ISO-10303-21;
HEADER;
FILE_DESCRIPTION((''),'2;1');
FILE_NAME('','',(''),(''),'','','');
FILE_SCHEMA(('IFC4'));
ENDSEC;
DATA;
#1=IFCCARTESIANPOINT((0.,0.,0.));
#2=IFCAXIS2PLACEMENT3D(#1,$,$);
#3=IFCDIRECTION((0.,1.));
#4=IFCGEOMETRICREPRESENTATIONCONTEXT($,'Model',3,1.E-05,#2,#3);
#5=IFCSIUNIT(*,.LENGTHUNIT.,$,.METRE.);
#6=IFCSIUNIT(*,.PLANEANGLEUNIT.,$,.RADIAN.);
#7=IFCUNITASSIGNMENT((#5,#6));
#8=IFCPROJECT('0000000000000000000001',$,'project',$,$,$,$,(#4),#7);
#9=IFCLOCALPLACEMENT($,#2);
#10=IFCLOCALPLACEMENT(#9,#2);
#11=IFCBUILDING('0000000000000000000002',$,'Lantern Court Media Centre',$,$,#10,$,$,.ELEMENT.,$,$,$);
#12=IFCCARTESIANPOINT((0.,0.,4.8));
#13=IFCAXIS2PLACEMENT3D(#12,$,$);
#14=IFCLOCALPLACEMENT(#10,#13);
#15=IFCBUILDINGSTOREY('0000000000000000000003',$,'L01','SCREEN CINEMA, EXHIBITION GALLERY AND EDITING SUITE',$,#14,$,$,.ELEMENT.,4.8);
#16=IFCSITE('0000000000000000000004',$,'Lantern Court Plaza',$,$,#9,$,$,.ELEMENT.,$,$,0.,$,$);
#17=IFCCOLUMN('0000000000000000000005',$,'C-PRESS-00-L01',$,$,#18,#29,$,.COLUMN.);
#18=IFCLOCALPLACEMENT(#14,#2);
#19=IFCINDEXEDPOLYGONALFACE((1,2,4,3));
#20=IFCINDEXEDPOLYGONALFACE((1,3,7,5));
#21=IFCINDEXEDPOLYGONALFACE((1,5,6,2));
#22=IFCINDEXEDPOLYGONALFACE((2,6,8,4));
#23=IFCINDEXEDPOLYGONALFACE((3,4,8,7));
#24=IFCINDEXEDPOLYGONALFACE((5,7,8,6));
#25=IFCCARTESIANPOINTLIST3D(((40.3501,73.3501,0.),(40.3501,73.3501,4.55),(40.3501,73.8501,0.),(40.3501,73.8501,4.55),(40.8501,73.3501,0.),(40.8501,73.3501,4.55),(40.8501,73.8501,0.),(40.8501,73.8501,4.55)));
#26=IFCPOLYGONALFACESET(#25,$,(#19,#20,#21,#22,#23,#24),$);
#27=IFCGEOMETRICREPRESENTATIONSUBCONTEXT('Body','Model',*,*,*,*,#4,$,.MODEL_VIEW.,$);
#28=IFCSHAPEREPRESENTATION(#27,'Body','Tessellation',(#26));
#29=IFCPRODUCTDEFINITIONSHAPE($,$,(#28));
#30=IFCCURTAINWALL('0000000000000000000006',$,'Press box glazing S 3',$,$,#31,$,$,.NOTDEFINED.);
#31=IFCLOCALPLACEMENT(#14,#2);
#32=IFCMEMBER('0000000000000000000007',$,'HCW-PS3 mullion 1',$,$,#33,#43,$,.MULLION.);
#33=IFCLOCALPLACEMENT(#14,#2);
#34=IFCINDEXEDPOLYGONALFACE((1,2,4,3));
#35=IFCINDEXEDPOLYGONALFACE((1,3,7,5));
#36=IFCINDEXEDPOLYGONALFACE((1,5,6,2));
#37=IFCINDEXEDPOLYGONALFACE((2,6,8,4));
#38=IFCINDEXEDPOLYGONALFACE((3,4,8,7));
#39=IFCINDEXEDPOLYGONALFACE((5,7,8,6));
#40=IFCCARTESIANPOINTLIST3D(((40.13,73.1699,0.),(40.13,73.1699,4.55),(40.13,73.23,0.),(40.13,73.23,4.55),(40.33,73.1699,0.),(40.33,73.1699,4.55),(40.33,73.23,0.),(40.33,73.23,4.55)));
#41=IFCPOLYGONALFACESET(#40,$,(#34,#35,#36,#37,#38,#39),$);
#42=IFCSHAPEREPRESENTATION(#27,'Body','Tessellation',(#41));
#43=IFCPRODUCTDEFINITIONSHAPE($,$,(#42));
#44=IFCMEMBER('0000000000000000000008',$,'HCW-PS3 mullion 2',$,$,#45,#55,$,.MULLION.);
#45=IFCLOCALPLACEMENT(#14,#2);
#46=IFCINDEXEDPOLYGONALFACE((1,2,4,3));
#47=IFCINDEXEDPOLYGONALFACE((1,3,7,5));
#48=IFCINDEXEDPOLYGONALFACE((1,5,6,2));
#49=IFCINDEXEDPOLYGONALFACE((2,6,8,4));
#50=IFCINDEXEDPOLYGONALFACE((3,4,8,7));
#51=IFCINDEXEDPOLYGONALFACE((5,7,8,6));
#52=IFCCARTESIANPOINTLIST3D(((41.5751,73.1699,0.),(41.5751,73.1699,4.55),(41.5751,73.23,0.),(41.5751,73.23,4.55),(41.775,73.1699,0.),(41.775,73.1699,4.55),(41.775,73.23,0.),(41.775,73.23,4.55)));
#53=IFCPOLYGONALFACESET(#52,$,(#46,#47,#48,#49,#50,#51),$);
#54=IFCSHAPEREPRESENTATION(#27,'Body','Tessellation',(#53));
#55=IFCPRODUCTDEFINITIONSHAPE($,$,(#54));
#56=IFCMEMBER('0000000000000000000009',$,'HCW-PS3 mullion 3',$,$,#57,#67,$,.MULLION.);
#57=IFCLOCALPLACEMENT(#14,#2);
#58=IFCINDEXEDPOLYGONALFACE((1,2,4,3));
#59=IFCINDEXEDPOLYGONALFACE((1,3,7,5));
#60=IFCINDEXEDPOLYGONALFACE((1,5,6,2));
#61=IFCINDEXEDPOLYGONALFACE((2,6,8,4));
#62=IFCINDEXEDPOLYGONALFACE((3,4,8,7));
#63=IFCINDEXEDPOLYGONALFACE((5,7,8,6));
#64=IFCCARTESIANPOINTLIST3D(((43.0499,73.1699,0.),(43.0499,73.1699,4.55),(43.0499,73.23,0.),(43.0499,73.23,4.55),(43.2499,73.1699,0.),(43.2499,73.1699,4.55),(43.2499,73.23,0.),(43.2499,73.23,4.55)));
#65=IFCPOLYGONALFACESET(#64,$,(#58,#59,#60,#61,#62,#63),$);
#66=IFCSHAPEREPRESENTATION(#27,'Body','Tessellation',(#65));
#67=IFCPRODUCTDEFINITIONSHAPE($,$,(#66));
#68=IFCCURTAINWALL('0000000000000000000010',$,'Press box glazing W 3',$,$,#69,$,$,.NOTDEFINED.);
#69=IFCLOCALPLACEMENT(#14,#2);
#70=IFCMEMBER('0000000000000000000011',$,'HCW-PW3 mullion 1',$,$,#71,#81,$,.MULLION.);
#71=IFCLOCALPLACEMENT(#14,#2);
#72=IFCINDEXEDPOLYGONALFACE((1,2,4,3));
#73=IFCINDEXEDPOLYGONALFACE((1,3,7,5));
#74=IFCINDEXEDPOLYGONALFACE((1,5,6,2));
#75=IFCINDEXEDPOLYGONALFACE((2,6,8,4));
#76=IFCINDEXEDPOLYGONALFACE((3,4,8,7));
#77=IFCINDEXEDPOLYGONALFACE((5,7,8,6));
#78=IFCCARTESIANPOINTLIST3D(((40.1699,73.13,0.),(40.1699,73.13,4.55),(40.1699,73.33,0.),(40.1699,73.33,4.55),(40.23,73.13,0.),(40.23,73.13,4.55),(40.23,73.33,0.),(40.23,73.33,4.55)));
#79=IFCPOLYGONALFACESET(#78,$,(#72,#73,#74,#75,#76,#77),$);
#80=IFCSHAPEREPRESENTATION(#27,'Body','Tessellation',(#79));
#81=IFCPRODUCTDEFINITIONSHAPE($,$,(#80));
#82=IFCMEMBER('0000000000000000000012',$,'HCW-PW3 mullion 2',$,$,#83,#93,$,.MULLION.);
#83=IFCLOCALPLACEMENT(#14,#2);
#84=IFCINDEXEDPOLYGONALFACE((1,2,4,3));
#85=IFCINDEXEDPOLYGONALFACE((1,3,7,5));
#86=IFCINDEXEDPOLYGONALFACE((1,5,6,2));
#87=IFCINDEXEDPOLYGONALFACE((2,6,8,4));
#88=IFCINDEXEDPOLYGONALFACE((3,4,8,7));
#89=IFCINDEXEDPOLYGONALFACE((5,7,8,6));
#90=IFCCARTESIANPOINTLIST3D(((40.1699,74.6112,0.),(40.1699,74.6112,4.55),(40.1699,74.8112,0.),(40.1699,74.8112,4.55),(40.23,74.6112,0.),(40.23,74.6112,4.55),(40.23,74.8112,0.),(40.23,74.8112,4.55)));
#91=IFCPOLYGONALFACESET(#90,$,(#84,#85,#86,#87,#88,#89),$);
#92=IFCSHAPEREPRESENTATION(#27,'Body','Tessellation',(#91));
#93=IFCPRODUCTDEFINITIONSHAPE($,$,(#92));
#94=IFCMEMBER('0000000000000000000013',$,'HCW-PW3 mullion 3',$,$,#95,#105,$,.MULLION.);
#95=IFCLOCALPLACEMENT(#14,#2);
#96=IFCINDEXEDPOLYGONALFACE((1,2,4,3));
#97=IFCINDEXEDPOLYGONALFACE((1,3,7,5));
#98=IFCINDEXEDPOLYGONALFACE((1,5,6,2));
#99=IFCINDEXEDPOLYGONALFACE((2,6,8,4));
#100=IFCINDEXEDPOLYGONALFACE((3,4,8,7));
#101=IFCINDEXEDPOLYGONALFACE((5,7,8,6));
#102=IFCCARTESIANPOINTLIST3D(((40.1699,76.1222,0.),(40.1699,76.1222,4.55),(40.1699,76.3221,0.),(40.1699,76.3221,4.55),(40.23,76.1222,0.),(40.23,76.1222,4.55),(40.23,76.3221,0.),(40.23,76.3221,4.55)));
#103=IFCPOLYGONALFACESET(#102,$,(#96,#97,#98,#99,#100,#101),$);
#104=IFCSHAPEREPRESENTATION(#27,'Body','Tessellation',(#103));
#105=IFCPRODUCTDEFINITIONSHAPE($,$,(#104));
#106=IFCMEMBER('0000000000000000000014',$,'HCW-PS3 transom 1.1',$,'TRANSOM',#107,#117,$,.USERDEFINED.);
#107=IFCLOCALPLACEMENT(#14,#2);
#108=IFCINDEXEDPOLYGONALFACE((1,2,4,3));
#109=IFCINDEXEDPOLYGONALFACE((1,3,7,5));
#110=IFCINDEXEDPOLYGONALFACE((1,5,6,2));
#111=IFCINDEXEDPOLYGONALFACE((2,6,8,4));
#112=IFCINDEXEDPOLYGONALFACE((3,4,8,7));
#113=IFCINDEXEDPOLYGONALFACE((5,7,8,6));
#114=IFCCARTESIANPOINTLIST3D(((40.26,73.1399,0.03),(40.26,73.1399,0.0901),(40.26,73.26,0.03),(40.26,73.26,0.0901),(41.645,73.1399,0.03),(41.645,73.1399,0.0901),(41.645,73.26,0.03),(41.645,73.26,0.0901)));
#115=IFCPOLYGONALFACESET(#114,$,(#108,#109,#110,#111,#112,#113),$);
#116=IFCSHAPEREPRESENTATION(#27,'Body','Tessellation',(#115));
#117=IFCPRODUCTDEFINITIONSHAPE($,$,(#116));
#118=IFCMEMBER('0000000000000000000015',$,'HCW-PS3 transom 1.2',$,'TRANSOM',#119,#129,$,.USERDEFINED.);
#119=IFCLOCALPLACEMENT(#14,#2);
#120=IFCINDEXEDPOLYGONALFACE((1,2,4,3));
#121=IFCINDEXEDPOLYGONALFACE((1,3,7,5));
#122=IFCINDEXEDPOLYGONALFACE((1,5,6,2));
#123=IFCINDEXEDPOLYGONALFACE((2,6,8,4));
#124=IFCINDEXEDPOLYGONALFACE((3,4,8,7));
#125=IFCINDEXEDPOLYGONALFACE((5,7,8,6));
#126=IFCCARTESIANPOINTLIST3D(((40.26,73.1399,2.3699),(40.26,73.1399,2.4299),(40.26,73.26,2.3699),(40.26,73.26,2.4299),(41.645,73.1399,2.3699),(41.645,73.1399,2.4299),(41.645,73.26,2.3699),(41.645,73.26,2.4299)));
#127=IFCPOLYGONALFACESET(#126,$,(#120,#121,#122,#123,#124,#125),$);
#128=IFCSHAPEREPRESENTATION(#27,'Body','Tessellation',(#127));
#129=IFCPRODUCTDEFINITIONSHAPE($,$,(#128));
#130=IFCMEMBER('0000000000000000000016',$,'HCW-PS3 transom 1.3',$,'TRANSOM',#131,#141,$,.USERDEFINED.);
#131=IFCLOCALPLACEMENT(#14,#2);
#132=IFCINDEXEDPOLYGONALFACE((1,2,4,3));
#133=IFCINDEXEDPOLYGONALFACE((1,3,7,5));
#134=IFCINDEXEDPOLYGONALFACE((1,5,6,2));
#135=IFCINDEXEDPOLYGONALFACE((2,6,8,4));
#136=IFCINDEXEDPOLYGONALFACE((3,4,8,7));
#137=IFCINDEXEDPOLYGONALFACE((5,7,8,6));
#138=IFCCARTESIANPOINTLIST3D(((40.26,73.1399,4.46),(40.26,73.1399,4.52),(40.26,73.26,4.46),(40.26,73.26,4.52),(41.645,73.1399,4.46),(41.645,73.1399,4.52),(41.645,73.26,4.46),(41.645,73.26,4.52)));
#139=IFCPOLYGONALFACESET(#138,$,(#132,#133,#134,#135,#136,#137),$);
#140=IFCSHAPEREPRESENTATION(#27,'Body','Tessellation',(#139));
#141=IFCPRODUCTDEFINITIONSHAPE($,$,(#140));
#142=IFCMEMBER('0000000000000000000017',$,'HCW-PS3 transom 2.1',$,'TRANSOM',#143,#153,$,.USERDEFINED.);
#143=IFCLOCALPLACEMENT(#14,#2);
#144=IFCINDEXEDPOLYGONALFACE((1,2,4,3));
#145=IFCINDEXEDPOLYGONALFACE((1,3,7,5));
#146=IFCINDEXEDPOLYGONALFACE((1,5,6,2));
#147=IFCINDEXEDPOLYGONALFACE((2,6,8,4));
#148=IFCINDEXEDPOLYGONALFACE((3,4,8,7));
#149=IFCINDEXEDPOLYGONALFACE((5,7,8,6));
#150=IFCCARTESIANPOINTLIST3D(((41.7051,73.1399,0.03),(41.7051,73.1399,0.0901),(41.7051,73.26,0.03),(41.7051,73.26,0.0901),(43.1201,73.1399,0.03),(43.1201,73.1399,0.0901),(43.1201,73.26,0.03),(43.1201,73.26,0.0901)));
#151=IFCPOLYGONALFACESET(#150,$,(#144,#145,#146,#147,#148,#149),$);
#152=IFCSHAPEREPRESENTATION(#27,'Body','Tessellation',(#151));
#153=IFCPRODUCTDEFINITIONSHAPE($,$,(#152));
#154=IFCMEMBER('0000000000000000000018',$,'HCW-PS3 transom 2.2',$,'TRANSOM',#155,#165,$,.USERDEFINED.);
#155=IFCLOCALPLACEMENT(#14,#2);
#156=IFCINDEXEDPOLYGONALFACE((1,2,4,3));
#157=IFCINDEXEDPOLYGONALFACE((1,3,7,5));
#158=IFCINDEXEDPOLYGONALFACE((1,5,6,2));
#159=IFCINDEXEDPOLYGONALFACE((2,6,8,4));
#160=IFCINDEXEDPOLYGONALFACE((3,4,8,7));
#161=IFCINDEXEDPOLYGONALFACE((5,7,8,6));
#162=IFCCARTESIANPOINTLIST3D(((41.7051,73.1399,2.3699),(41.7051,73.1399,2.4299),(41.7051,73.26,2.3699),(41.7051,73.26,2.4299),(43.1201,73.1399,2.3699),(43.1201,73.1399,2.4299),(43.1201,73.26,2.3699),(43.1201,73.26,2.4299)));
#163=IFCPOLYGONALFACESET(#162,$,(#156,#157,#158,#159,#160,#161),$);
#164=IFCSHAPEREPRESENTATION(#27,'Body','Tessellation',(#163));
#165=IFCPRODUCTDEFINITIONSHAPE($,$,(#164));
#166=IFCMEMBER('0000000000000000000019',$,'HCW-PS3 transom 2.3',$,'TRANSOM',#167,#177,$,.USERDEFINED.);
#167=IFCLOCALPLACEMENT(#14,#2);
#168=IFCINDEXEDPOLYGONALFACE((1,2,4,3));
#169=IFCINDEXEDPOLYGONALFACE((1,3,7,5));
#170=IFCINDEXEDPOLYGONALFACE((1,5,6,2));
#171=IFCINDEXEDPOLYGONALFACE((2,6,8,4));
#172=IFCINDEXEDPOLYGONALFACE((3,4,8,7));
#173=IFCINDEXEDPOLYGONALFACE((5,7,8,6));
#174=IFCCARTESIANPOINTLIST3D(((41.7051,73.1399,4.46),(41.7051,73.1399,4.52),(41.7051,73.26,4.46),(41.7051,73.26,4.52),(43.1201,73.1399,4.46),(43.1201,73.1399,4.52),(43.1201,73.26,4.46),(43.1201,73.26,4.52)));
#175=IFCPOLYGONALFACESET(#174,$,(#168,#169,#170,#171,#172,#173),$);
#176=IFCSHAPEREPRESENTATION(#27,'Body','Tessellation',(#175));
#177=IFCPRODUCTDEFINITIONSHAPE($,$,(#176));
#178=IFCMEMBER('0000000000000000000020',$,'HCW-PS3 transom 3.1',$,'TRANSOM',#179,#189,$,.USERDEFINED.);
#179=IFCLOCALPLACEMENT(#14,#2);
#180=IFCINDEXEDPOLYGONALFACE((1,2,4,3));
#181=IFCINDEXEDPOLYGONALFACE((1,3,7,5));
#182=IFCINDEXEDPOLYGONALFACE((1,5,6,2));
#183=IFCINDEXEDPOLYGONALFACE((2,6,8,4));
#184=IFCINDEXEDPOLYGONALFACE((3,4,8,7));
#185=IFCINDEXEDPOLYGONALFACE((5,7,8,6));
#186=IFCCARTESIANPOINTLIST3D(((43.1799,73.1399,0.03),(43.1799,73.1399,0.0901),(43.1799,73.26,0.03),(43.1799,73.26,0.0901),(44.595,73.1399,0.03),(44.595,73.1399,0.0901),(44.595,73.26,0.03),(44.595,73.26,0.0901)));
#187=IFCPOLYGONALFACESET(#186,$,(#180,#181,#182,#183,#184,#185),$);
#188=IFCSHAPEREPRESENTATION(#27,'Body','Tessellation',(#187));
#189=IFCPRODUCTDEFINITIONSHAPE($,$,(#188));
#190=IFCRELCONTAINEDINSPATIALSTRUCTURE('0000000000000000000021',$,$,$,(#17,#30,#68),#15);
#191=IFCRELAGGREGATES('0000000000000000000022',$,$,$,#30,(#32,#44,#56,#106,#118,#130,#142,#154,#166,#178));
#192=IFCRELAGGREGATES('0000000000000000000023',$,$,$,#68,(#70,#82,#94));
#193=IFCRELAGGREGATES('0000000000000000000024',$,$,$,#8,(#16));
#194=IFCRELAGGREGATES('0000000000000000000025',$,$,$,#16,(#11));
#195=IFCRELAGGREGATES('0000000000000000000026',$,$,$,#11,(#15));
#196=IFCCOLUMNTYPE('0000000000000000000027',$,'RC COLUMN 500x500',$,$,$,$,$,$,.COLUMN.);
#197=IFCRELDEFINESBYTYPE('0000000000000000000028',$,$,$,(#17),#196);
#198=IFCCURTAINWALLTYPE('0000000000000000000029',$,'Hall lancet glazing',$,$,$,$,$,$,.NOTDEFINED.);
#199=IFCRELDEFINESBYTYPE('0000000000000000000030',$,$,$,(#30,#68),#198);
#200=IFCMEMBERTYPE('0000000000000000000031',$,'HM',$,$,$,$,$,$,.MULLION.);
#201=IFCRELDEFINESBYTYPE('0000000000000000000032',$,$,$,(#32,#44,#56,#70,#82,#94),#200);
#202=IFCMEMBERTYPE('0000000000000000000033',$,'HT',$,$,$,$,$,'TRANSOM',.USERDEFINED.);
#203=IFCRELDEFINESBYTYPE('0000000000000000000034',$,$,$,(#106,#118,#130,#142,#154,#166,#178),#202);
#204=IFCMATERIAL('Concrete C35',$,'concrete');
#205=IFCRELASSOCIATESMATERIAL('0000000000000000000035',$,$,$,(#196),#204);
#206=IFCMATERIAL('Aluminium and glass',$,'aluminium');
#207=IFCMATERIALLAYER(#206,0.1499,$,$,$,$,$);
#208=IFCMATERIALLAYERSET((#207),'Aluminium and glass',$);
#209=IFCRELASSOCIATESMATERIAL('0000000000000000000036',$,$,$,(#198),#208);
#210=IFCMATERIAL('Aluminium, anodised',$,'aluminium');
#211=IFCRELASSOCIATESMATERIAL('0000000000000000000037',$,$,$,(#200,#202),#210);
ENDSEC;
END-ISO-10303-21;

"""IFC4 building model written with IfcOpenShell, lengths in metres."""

from ifc_helpers import new_model, si_unit, direction, frame, origin, origin_2d, place, context, subcontext, project, spatial, rectangle, extrude, material, layer, layer_set, material_profile, profile_set, type_object, element, aggregate, save


model = new_model("IFC4")

# Units and contexts
model_context = context("Model", 3, precision=1e-05, world=origin(), true_north=direction((0.0, 1.0)))
body_context = subcontext(model_context, "Body", "Model", "MODEL_VIEW")
ifc_project = project(units=[si_unit("LENGTHUNIT", "METRE"), si_unit("PLANEANGLEUNIT", "RADIAN")], contexts=[model_context])

# Site, building, storey
site_placement = place(None, origin())
site = spatial("IfcSite", under=ifc_project, at=site_placement, Name="Lantern Court Plaza", CompositionType="ELEMENT", RefElevation=0.0)
building_placement = place(site_placement, origin())
building = spatial("IfcBuilding", under=site, at=building_placement, Name="Lantern Court Media Centre", CompositionType="ELEMENT")
storey_placement = place(building_placement, frame((0.0, 0.0, 4.8)))
storey = spatial("IfcBuildingStorey", under=building, at=storey_placement, Name="L01", Description="SCREEN CINEMA, EXHIBITION GALLERY AND EDITING SUITE", CompositionType="ELEMENT", Elevation=4.8)

# Column
ifc_material_1 = material(Name="Concrete C35", Category="concrete")
ifc_material_profile_1 = material_profile(ifc_material_1, rectangle(XDim=0.5, YDim=0.5, at=origin_2d()), Name="RC 500x500")
ifc_profile_set_1 = profile_set([ifc_material_profile_1], Name="Concrete C35")
column_type = type_object("IfcColumnType", Name="RC COLUMN 500x500", PredefinedType="COLUMN", material=ifc_profile_set_1)
column_placement = place(storey_placement, frame((40.6001, 73.6001, 0.0), z_axis=(0.0, 0.0, 1.0), x_axis=(1.0, 0.0, 0.0)))
element("IfcColumn", 1, at=column_placement, inside=storey, type_object=column_type, Name="C-PRESS-00-L01", PredefinedType="COLUMN", context=body_context, shape_type="SweptSolid", body=[
    extrude(rectangle(XDim=0.5, YDim=0.5, at=origin_2d()), origin(), (0.0, 0.0, 1.0), 4.55),
])

# Curtain walls, members
ifc_material_2 = material(Name="Aluminium and glass", Category="aluminium")
ifc_layer_1 = layer(ifc_material_2, 0.1499)
ifc_layer_set_1 = layer_set([ifc_layer_1], Name="Aluminium and glass")
curtain_wall_type = type_object("IfcCurtainWallType", Name="Hall lancet glazing", PredefinedType="NOTDEFINED", material=ifc_layer_set_1)
curtain_wall_1_placement = place(storey_placement, origin())
curtain_wall_1 = element("IfcCurtainWall", 2, at=curtain_wall_1_placement, inside=storey, type_object=curtain_wall_type, Name="Press box glazing S 3", PredefinedType="NOTDEFINED")
ifc_material_3 = material(Name="Aluminium, anodised", Category="aluminium")
ifc_material_profile_2 = material_profile(ifc_material_3, rectangle(XDim=0.0601, YDim=0.2, at=origin_2d()), Name="HM")
ifc_profile_set_2 = profile_set([ifc_material_profile_2], Name="Aluminium, anodised")
member_type_1 = type_object("IfcMemberType", Name="HM", PredefinedType="MULLION", material=ifc_profile_set_2)
member_1_placement = place(storey_placement, frame((40.23, 73.2, 0.0), z_axis=(0.0, 0.0, 1.0), x_axis=(0.0, 1.0, 0.0)))
member_1 = element("IfcMember", 3, at=member_1_placement, type_object=member_type_1, Name="HCW-PS3 mullion 1", PredefinedType="MULLION", context=body_context, shape_type="SweptSolid", body=[
    extrude(rectangle(XDim=0.0601, YDim=0.2, at=origin_2d()), origin(), (0.0, 0.0, 1.0), 4.55),
])
member_2_placement = place(storey_placement, frame((41.675, 73.2, 0.0), z_axis=(0.0, 0.0, 1.0), x_axis=(0.0, 1.0, 0.0)))
member_2 = element("IfcMember", 4, at=member_2_placement, type_object=member_type_1, Name="HCW-PS3 mullion 2", PredefinedType="MULLION", context=body_context, shape_type="SweptSolid", body=[
    extrude(rectangle(XDim=0.0601, YDim=0.2, at=origin_2d()), origin(), (0.0, 0.0, 1.0), 4.55),
])
member_3_placement = place(storey_placement, frame((43.1499, 73.2, 0.0), z_axis=(0.0, 0.0, 1.0), x_axis=(0.0, 1.0, 0.0)))
member_3 = element("IfcMember", 5, at=member_3_placement, type_object=member_type_1, Name="HCW-PS3 mullion 3", PredefinedType="MULLION", context=body_context, shape_type="SweptSolid", body=[
    extrude(rectangle(XDim=0.0601, YDim=0.2, at=origin_2d()), origin(), (0.0, 0.0, 1.0), 4.55),
])
curtain_wall_2_placement = place(storey_placement, origin())
curtain_wall_2 = element("IfcCurtainWall", 6, at=curtain_wall_2_placement, inside=storey, type_object=curtain_wall_type, Name="Press box glazing W 3", PredefinedType="NOTDEFINED")
member_4_placement = place(storey_placement, frame((40.2, 73.23, 0.0), z_axis=(0.0, 0.0, 1.0), x_axis=(-1.0, 0.0, 0.0)))
member_4 = element("IfcMember", 7, at=member_4_placement, type_object=member_type_1, Name="HCW-PW3 mullion 1", PredefinedType="MULLION", context=body_context, shape_type="SweptSolid", body=[
    extrude(rectangle(XDim=0.0601, YDim=0.2, at=origin_2d()), origin(), (0.0, 0.0, 1.0), 4.55),
])
member_5_placement = place(storey_placement, frame((40.2, 74.7112, 0.0), z_axis=(0.0, 0.0, 1.0), x_axis=(-1.0, 0.0, 0.0)))
member_5 = element("IfcMember", 8, at=member_5_placement, type_object=member_type_1, Name="HCW-PW3 mullion 2", PredefinedType="MULLION", context=body_context, shape_type="SweptSolid", body=[
    extrude(rectangle(XDim=0.0601, YDim=0.2, at=origin_2d()), origin(), (0.0, 0.0, 1.0), 4.55),
])
member_6_placement = place(storey_placement, frame((40.2, 76.2222, 0.0), z_axis=(0.0, 0.0, 1.0), x_axis=(-1.0, 0.0, 0.0)))
member_6 = element("IfcMember", 9, at=member_6_placement, type_object=member_type_1, Name="HCW-PW3 mullion 3", PredefinedType="MULLION", context=body_context, shape_type="SweptSolid", body=[
    extrude(rectangle(XDim=0.0601, YDim=0.2, at=origin_2d()), origin(), (0.0, 0.0, 1.0), 4.55),
])

# Members
ifc_material_profile_3 = material_profile(ifc_material_3, rectangle(XDim=0.1201, YDim=0.0601, at=origin_2d()), Name="HT")
ifc_profile_set_3 = profile_set([ifc_material_profile_3], Name="Aluminium, anodised")
member_type_2 = type_object("IfcMemberType", Name="HT", ElementType="TRANSOM", PredefinedType="USERDEFINED", material=ifc_profile_set_3)
member_7_placement = place(storey_placement, frame((40.26, 73.2, 0.0601), z_axis=(1.0, 0.0, 0.0), x_axis=(0.0, 1.0, 0.0)))
member_7 = element("IfcMember", 10, at=member_7_placement, type_object=member_type_2, Name="HCW-PS3 transom 1.1", ObjectType="TRANSOM", PredefinedType="USERDEFINED", context=body_context, shape_type="SweptSolid", body=[
    extrude(rectangle(XDim=0.1201, YDim=0.0601, at=origin_2d()), origin(), (0.0, 0.0, 1.0), 1.385),
])
member_8_placement = place(storey_placement, frame((40.26, 73.2, 2.3999), z_axis=(1.0, 0.0, 0.0), x_axis=(0.0, 1.0, 0.0)))
member_8 = element("IfcMember", 11, at=member_8_placement, type_object=member_type_2, Name="HCW-PS3 transom 1.2", ObjectType="TRANSOM", PredefinedType="USERDEFINED", context=body_context, shape_type="SweptSolid", body=[
    extrude(rectangle(XDim=0.1201, YDim=0.0601, at=origin_2d()), origin(), (0.0, 0.0, 1.0), 1.385),
])
member_9_placement = place(storey_placement, frame((40.26, 73.2, 4.49), z_axis=(1.0, 0.0, 0.0), x_axis=(0.0, 1.0, 0.0)))
member_9 = element("IfcMember", 12, at=member_9_placement, type_object=member_type_2, Name="HCW-PS3 transom 1.3", ObjectType="TRANSOM", PredefinedType="USERDEFINED", context=body_context, shape_type="SweptSolid", body=[
    extrude(rectangle(XDim=0.1201, YDim=0.0601, at=origin_2d()), origin(), (0.0, 0.0, 1.0), 1.385),
])
member_10_placement = place(storey_placement, frame((41.7051, 73.2, 0.0601), z_axis=(1.0, 0.0, 0.0), x_axis=(0.0, 1.0, 0.0)))
member_10 = element("IfcMember", 13, at=member_10_placement, type_object=member_type_2, Name="HCW-PS3 transom 2.1", ObjectType="TRANSOM", PredefinedType="USERDEFINED", context=body_context, shape_type="SweptSolid", body=[
    extrude(rectangle(XDim=0.1201, YDim=0.0601, at=origin_2d()), origin(), (0.0, 0.0, 1.0), 1.415),
])
member_11_placement = place(storey_placement, frame((41.7051, 73.2, 2.3999), z_axis=(1.0, 0.0, 0.0), x_axis=(0.0, 1.0, 0.0)))
member_11 = element("IfcMember", 14, at=member_11_placement, type_object=member_type_2, Name="HCW-PS3 transom 2.2", ObjectType="TRANSOM", PredefinedType="USERDEFINED", context=body_context, shape_type="SweptSolid", body=[
    extrude(rectangle(XDim=0.1201, YDim=0.0601, at=origin_2d()), origin(), (0.0, 0.0, 1.0), 1.415),
])
member_12_placement = place(storey_placement, frame((41.7051, 73.2, 4.49), z_axis=(1.0, 0.0, 0.0), x_axis=(0.0, 1.0, 0.0)))
member_12 = element("IfcMember", 15, at=member_12_placement, type_object=member_type_2, Name="HCW-PS3 transom 2.3", ObjectType="TRANSOM", PredefinedType="USERDEFINED", context=body_context, shape_type="SweptSolid", body=[
    extrude(rectangle(XDim=0.1201, YDim=0.0601, at=origin_2d()), origin(), (0.0, 0.0, 1.0), 1.415),
])
member_13_placement = place(storey_placement, frame((43.1799, 73.2, 0.0601), z_axis=(1.0, 0.0, 0.0), x_axis=(0.0, 1.0, 0.0)))
member_13 = element("IfcMember", 16, at=member_13_placement, type_object=member_type_2, Name="HCW-PS3 transom 3.1", ObjectType="TRANSOM", PredefinedType="USERDEFINED", context=body_context, shape_type="SweptSolid", body=[
    extrude(rectangle(XDim=0.1201, YDim=0.0601, at=origin_2d()), origin(), (0.0, 0.0, 1.0), 1.415),
])

aggregate(curtain_wall_1, [member_1, member_2, member_3, member_7, member_8, member_9, member_10, member_11, member_12, member_13])
aggregate(curtain_wall_2, [member_4, member_5, member_6])

save(model, "model.ifc")
